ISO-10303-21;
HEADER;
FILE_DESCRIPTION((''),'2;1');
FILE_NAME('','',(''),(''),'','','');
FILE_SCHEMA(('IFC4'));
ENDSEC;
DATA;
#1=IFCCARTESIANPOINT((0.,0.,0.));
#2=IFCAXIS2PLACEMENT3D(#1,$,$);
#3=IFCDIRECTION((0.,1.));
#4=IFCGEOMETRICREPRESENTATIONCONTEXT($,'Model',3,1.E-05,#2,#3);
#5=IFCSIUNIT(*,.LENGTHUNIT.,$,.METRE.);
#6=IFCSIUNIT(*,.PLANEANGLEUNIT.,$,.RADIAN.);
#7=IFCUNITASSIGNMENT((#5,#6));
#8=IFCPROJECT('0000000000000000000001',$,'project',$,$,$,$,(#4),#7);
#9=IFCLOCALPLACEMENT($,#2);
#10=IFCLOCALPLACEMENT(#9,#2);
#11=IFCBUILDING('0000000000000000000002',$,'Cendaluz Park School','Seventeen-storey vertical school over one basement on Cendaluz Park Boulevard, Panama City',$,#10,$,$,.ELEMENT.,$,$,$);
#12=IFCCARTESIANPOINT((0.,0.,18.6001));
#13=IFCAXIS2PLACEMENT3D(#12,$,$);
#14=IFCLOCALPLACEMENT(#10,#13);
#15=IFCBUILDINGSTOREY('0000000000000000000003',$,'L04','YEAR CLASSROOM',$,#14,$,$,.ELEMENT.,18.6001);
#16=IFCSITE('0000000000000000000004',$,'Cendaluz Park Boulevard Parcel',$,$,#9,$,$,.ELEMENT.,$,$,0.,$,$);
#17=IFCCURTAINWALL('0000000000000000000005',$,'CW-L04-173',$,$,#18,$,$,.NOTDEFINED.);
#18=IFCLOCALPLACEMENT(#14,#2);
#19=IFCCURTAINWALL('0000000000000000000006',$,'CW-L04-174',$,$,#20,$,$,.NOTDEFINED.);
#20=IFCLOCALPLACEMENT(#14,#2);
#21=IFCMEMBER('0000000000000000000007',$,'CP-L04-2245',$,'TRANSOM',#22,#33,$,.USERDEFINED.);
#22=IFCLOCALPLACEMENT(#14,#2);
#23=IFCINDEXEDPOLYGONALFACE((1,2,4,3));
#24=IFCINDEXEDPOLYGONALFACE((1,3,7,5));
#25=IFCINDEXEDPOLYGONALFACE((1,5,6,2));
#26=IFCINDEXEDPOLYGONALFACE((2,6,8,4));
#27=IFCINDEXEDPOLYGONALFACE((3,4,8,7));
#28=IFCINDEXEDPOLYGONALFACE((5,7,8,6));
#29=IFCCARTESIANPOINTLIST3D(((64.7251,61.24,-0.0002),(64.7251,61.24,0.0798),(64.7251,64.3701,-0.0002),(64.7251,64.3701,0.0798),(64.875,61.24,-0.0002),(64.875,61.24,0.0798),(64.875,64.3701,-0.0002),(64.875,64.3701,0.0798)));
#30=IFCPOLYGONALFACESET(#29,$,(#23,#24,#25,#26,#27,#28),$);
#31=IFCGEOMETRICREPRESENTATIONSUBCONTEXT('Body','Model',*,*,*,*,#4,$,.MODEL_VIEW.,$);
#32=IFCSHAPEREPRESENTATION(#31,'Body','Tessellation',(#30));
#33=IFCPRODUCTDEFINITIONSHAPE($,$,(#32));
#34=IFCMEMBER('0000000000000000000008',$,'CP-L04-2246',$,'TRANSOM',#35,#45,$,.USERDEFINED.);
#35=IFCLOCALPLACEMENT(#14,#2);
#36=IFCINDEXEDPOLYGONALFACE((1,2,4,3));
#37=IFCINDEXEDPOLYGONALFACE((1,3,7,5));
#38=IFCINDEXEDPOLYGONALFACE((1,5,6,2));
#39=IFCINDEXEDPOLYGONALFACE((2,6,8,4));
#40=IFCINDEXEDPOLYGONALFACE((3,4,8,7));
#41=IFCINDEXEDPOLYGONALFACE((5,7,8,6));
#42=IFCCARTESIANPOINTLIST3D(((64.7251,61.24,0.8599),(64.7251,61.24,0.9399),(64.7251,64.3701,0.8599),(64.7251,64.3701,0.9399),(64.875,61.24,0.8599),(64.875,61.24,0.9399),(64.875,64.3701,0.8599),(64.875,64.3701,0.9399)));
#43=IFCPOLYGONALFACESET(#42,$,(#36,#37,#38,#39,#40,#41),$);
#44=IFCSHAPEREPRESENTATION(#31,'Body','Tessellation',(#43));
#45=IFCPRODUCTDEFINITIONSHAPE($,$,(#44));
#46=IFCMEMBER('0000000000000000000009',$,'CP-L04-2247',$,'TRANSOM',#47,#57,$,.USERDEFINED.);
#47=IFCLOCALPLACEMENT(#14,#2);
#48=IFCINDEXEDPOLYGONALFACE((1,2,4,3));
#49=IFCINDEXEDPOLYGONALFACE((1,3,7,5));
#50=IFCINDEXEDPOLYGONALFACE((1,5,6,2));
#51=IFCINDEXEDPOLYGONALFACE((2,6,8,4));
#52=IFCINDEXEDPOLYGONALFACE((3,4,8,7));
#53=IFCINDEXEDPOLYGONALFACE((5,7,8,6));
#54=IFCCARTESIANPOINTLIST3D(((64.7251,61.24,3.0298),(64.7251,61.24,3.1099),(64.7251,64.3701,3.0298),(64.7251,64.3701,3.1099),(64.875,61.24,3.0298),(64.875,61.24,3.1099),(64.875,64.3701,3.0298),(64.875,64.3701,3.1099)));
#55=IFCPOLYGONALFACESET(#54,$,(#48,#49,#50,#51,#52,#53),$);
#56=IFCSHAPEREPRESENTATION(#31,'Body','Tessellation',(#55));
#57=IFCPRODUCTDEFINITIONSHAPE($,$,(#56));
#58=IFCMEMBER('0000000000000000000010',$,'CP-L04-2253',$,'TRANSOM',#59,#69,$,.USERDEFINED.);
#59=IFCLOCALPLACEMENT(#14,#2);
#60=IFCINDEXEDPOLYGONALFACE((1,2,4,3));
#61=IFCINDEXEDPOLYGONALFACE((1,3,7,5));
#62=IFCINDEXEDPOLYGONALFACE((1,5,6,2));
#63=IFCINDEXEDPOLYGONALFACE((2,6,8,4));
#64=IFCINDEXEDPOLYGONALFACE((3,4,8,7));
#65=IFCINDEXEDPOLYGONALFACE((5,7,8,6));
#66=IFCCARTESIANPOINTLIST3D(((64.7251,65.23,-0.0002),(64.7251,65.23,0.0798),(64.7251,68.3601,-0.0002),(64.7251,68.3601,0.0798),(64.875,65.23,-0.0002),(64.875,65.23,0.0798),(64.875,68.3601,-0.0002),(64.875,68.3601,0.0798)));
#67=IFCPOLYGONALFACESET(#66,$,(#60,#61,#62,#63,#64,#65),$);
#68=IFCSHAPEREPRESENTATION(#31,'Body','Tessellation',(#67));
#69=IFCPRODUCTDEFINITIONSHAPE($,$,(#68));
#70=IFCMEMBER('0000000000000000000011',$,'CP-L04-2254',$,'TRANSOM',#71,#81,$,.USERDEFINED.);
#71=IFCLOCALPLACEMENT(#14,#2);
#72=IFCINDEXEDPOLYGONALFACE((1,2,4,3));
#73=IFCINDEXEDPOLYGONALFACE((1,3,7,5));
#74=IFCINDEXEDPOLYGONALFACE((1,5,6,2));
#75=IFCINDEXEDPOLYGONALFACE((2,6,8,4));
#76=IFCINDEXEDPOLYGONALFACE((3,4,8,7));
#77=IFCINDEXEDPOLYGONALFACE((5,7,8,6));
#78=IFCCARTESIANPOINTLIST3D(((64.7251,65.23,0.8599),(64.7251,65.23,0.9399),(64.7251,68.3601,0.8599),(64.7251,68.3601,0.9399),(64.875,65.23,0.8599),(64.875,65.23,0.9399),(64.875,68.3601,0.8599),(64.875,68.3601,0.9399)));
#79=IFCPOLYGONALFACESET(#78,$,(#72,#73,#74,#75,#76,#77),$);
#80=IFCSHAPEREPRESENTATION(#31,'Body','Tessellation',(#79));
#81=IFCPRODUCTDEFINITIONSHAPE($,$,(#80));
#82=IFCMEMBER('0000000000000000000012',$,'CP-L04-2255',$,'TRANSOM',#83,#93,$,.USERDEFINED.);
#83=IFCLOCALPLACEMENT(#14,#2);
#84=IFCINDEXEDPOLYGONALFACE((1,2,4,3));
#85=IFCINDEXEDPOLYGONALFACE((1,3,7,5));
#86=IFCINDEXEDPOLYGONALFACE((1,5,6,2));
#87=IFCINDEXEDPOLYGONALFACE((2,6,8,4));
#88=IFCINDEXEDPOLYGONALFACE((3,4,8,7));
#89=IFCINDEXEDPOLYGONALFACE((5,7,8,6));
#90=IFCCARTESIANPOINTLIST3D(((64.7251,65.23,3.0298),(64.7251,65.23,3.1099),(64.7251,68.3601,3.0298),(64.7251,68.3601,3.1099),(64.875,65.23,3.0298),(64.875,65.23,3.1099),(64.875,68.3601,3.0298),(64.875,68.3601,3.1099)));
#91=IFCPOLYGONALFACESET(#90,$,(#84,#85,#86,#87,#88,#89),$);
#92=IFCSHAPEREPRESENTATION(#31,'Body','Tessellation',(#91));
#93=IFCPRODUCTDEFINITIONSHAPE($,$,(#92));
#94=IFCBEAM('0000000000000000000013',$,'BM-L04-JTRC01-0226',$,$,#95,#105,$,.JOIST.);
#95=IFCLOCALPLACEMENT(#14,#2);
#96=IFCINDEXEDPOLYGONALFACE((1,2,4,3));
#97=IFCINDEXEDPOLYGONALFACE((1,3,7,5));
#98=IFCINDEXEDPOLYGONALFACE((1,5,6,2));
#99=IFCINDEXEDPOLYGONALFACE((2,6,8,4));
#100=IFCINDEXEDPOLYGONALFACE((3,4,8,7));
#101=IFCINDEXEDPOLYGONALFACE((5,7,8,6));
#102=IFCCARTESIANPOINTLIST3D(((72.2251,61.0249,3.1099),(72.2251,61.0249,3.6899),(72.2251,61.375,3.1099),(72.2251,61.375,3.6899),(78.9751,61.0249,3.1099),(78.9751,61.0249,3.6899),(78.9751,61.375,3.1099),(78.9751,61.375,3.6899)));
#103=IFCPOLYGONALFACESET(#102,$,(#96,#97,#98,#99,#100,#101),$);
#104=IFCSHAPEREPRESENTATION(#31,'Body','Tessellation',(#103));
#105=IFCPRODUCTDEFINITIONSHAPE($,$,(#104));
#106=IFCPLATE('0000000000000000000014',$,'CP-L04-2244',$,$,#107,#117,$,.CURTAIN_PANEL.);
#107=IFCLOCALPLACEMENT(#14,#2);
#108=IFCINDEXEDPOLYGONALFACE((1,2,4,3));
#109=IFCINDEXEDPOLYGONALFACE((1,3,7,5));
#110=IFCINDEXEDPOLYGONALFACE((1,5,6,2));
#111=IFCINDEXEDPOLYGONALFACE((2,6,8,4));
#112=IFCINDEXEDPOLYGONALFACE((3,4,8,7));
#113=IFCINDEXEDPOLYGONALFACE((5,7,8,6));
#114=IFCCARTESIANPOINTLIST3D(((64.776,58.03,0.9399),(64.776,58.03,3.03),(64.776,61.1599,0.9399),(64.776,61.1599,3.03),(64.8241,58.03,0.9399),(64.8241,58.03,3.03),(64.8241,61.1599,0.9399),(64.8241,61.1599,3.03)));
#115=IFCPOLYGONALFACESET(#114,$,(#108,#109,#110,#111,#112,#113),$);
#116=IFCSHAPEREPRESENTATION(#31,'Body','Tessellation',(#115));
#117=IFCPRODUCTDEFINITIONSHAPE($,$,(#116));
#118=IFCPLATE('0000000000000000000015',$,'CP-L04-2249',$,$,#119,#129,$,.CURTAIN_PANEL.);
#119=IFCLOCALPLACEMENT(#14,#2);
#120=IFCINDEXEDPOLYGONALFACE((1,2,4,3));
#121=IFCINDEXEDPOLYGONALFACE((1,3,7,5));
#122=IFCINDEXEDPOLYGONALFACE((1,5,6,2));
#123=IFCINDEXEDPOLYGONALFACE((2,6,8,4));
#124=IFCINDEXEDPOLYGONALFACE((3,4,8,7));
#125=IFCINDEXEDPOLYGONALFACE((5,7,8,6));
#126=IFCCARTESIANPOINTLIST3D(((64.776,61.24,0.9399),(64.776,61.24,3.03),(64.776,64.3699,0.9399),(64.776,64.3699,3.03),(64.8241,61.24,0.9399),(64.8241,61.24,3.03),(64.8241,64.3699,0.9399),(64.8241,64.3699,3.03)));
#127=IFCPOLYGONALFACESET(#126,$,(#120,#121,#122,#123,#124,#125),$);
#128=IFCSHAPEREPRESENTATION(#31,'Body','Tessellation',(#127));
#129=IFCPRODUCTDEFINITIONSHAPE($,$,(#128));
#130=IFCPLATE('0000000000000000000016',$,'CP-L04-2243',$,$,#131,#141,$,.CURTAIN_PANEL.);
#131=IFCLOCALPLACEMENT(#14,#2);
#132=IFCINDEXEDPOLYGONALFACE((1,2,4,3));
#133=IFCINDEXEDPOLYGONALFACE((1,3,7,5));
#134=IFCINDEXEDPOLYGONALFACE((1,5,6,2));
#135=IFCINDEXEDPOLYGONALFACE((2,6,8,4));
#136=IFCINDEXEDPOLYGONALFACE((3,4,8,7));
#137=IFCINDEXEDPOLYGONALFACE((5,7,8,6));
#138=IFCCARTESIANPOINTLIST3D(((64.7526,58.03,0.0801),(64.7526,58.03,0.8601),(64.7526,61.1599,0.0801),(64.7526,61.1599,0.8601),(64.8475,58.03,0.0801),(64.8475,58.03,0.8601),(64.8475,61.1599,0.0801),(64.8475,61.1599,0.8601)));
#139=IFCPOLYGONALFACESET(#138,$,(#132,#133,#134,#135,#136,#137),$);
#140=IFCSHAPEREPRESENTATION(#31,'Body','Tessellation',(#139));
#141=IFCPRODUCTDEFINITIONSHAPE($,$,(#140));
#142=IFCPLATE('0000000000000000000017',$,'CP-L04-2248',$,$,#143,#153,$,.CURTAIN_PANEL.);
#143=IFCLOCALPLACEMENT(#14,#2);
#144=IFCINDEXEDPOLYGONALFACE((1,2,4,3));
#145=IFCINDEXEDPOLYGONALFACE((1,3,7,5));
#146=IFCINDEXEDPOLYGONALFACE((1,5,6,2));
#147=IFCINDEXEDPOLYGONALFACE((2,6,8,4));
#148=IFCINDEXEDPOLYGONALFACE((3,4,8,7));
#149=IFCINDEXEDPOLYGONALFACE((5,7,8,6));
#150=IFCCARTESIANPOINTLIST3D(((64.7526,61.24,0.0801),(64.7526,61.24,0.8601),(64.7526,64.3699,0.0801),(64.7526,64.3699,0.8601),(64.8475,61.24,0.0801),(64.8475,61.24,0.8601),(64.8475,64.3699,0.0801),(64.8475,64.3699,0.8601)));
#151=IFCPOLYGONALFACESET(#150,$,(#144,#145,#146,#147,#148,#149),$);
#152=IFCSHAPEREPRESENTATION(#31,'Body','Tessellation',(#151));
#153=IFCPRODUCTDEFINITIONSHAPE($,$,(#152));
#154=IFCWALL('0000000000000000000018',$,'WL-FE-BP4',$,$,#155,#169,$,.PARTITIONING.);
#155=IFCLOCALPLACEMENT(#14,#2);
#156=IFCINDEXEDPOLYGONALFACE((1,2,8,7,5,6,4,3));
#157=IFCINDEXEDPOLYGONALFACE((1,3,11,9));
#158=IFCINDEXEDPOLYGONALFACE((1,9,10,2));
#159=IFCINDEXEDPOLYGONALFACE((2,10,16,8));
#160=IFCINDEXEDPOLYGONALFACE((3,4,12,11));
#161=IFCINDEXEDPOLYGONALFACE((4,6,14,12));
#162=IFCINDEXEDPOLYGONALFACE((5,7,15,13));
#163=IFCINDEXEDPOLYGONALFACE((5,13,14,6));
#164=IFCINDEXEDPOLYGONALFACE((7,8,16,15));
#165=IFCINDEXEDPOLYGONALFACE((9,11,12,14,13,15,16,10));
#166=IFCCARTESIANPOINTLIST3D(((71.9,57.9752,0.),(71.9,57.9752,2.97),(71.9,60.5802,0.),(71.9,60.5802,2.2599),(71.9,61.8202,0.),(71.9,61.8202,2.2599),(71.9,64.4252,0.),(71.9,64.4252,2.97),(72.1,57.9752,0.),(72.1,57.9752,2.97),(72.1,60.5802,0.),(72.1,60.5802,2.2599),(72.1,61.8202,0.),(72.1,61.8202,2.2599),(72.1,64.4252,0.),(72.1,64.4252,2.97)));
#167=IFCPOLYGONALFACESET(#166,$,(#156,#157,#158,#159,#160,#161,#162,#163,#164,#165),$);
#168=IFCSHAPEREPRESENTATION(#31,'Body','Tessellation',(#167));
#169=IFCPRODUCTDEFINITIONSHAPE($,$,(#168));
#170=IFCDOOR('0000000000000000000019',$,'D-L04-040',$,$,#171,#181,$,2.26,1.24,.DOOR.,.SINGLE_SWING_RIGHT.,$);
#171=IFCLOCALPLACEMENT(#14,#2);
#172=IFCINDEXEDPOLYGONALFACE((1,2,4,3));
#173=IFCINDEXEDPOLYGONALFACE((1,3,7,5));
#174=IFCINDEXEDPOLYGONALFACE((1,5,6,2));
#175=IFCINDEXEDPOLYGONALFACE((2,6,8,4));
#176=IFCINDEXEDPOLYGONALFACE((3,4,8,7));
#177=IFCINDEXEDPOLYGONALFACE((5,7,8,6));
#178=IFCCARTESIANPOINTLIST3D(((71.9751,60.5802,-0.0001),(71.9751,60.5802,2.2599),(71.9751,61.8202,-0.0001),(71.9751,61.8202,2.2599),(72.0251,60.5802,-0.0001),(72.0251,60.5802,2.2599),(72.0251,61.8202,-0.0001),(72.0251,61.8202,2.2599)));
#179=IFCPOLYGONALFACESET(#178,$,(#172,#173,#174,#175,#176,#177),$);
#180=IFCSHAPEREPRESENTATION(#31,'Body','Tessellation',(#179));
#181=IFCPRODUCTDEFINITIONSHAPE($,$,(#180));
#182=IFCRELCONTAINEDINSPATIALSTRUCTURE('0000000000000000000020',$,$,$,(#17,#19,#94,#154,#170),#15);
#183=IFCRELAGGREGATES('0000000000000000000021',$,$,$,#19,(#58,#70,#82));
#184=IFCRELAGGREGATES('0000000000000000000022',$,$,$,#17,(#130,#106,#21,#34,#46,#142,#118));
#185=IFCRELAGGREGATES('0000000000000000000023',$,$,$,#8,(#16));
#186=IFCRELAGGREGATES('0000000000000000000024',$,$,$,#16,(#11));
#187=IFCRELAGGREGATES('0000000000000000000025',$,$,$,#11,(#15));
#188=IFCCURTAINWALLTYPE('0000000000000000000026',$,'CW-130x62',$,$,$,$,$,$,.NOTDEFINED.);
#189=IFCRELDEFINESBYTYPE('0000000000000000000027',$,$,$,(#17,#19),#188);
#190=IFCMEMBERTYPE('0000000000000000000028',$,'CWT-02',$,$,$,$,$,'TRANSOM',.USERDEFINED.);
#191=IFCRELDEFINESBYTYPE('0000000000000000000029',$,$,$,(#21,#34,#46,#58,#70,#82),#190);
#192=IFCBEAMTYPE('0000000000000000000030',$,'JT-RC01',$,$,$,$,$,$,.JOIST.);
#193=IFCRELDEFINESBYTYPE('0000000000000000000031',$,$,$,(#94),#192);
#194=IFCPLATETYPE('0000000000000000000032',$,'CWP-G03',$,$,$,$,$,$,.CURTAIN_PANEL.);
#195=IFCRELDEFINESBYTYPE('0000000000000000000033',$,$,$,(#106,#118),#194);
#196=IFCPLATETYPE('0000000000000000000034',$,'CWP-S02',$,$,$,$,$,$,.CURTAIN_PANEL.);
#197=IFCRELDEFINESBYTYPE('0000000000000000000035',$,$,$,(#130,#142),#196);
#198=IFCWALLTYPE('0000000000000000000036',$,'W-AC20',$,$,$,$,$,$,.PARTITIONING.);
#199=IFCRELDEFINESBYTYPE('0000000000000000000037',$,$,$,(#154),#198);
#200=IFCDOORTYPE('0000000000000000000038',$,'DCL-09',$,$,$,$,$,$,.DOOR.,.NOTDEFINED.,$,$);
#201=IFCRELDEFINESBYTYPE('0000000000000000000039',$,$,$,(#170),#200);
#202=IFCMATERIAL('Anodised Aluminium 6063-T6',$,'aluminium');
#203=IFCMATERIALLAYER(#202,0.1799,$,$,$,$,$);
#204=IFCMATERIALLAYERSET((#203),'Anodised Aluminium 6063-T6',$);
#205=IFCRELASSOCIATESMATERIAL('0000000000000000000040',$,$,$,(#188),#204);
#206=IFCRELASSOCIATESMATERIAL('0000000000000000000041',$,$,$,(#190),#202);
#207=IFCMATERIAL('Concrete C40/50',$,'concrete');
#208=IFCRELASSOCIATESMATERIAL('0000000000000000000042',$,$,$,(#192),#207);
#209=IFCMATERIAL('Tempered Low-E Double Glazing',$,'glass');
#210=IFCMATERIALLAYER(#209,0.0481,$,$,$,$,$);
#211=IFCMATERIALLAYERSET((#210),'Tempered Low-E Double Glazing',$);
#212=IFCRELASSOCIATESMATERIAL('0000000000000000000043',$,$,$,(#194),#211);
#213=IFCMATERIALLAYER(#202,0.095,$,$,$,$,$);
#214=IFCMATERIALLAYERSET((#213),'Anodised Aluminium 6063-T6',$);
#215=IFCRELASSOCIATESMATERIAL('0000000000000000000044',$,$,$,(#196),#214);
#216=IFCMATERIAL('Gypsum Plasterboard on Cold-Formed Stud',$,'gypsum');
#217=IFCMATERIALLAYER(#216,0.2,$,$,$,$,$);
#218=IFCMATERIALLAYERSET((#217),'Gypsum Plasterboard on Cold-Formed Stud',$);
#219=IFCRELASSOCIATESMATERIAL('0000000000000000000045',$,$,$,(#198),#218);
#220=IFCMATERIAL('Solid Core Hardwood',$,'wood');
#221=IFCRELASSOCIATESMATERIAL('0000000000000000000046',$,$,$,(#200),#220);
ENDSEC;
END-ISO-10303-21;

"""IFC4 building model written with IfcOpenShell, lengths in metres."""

from ifc_helpers import new_model, si_unit, direction, frame, frame_2d, origin, origin_2d, place, context, subcontext, project, spatial, rectangle, extrude, material, layer, layer_set, material_profile, profile_set, type_object, element, fill, aggregate, save


model = new_model("IFC4")

# Units and contexts
model_context = context("Model", 3, precision=1e-05, world=origin(), true_north=direction((0.0, 1.0)))
body_context = subcontext(model_context, "Body", "Model", "MODEL_VIEW")
ifc_project = project(units=[si_unit("LENGTHUNIT", "METRE"), si_unit("PLANEANGLEUNIT", "RADIAN")], contexts=[model_context])

# Site, building, storey
site_placement = place(None, origin())
site = spatial("IfcSite", under=ifc_project, at=site_placement, Name="Cendaluz Park Boulevard Parcel", CompositionType="ELEMENT", RefElevation=0.0)
building_placement = place(site_placement, origin())
building = spatial("IfcBuilding", under=site, at=building_placement, Name="Cendaluz Park School", Description="Seventeen-storey vertical school over one basement on Cendaluz Park Boulevard, Panama City", CompositionType="ELEMENT")
storey_placement = place(building_placement, frame((0.0, 0.0, 18.6001)))
storey = spatial("IfcBuildingStorey", under=building, at=storey_placement, Name="L04", Description="YEAR CLASSROOM", CompositionType="ELEMENT", Elevation=18.6001)

# Shared definitions
ifc_material_1 = material(Name="Concrete C40/50", Category="concrete")

# Curtain wall
ifc_material_2 = material(Name="Anodised Aluminium 6063-T6", Category="aluminium")
ifc_layer_1 = layer(ifc_material_2, 0.1799)
ifc_layer_set_1 = layer_set([ifc_layer_1], Name="Anodised Aluminium 6063-T6")
curtain_wall_type = type_object("IfcCurtainWallType", Name="CW-130x62", PredefinedType="NOTDEFINED", material=ifc_layer_set_1)
curtain_wall_1_placement = place(storey_placement, origin())
curtain_wall_1 = element("IfcCurtainWall", 1, at=curtain_wall_1_placement, inside=storey, type_object=curtain_wall_type, Name="CW-L04-173", PredefinedType="NOTDEFINED")

# Curtain wall
curtain_wall_2_placement = place(storey_placement, origin())
curtain_wall_2 = element("IfcCurtainWall", 2, at=curtain_wall_2_placement, inside=storey, type_object=curtain_wall_type, Name="CW-L04-174", PredefinedType="NOTDEFINED")

# Members
ifc_material_profile_1 = material_profile(ifc_material_2, rectangle(XDim=0.1499, YDim=0.0801, at=origin_2d()), Name="CWT 150x80", Category="aluminium")
ifc_profile_set_1 = profile_set([ifc_material_profile_1], Name="Anodised Aluminium 6063-T6")
member_type_1 = type_object("IfcMemberType", Name="CWT-02", ElementType="TRANSOM", PredefinedType="USERDEFINED", material=ifc_profile_set_1)
member_1_placement = place(storey_placement, frame((64.8, 61.24, 0.0398), z_axis=(0.0, 1.0, 0.0), x_axis=(-1.0, 0.0, 0.0)))
member_1 = element("IfcMember", 3, at=member_1_placement, type_object=member_type_1, Name="CP-L04-2245", ObjectType="TRANSOM", PredefinedType="USERDEFINED", context=body_context, shape_type="SweptSolid", body=[
    extrude(rectangle(XDim=0.1499, YDim=0.0801, at=origin_2d()), origin(), (0.0, 0.0, 1.0), 3.1301),
])
member_2_placement = place(storey_placement, frame((64.8, 61.24, 0.8999), z_axis=(0.0, 1.0, 0.0), x_axis=(-1.0, 0.0, 0.0)))
member_2 = element("IfcMember", 4, at=member_2_placement, type_object=member_type_1, Name="CP-L04-2246", ObjectType="TRANSOM", PredefinedType="USERDEFINED", context=body_context, shape_type="SweptSolid", body=[
    extrude(rectangle(XDim=0.1499, YDim=0.0801, at=origin_2d()), origin(), (0.0, 0.0, 1.0), 3.1301),
])
member_3_placement = place(storey_placement, frame((64.8, 61.24, 3.0698), z_axis=(0.0, 1.0, 0.0), x_axis=(-1.0, 0.0, 0.0)))
member_3 = element("IfcMember", 5, at=member_3_placement, type_object=member_type_1, Name="CP-L04-2247", ObjectType="TRANSOM", PredefinedType="USERDEFINED", context=body_context, shape_type="SweptSolid", body=[
    extrude(rectangle(XDim=0.1499, YDim=0.0801, at=origin_2d()), origin(), (0.0, 0.0, 1.0), 3.1301),
])
member_4_placement = place(storey_placement, frame((64.8, 65.23, 0.0398), z_axis=(0.0, 1.0, 0.0), x_axis=(-1.0, 0.0, 0.0)))
member_4 = element("IfcMember", 6, at=member_4_placement, type_object=member_type_1, Name="CP-L04-2253", ObjectType="TRANSOM", PredefinedType="USERDEFINED", context=body_context, shape_type="SweptSolid", body=[
    extrude(rectangle(XDim=0.1499, YDim=0.0801, at=origin_2d()), origin(), (0.0, 0.0, 1.0), 3.1301),
])
member_5_placement = place(storey_placement, frame((64.8, 65.23, 0.8999), z_axis=(0.0, 1.0, 0.0), x_axis=(-1.0, 0.0, 0.0)))
member_5 = element("IfcMember", 7, at=member_5_placement, type_object=member_type_1, Name="CP-L04-2254", ObjectType="TRANSOM", PredefinedType="USERDEFINED", context=body_context, shape_type="SweptSolid", body=[
    extrude(rectangle(XDim=0.1499, YDim=0.0801, at=origin_2d()), origin(), (0.0, 0.0, 1.0), 3.1301),
])
member_6_placement = place(storey_placement, frame((64.8, 65.23, 3.0698), z_axis=(0.0, 1.0, 0.0), x_axis=(-1.0, 0.0, 0.0)))
member_6 = element("IfcMember", 8, at=member_6_placement, type_object=member_type_1, Name="CP-L04-2255", ObjectType="TRANSOM", PredefinedType="USERDEFINED", context=body_context, shape_type="SweptSolid", body=[
    extrude(rectangle(XDim=0.1499, YDim=0.0801, at=origin_2d()), origin(), (0.0, 0.0, 1.0), 3.1301),
])
aggregate(curtain_wall_2, [member_4, member_5, member_6])

# Beam
ifc_material_profile_2 = material_profile(ifc_material_1, rectangle(XDim=0.3501, YDim=0.5801, at=origin_2d()), Name="RC 350x580", Category="concrete")
ifc_profile_set_2 = profile_set([ifc_material_profile_2], Name="Concrete C40/50")
beam_type_1 = type_object("IfcBeamType", Name="JT-RC01", PredefinedType="JOIST", material=ifc_profile_set_2)
beam_1_placement = place(storey_placement, frame((72.2251, 61.2, 3.3999), z_axis=(1.0, 0.0, 0.0), x_axis=(0.0, 1.0, 0.0)))
element("IfcBeam", 9, at=beam_1_placement, inside=storey, type_object=beam_type_1, Name="BM-L04-JTRC01-0226", PredefinedType="JOIST", context=body_context, shape_type="SweptSolid", body=[
    extrude(rectangle(XDim=0.3501, YDim=0.5801, at=origin_2d()), origin(), (0.0, 0.0, 1.0), 6.75),
])

# Plates
ifc_material_3 = material(Name="Tempered Low-E Double Glazing", Category="glass")
ifc_layer_2 = layer(ifc_material_3, 0.0481)
ifc_layer_set_2 = layer_set([ifc_layer_2], Name="Tempered Low-E Double Glazing")
plate_type_1 = type_object("IfcPlateType", Name="CWP-G03", PredefinedType="CURTAIN_PANEL", material=ifc_layer_set_2)
plate_1_placement = place(storey_placement, frame((64.8, 59.595, 0.9399), z_axis=(0.0, 0.0, 1.0), x_axis=(0.0, 1.0, 0.0)))
plate_1 = element("IfcPlate", 10, at=plate_1_placement, type_object=plate_type_1, Name="CP-L04-2244", PredefinedType="CURTAIN_PANEL", context=body_context, shape_type="SweptSolid", body=[
    extrude(rectangle(XDim=3.1299, YDim=0.0481, at=origin_2d()), origin(), (0.0, 0.0, 1.0), 2.0901),
])
plate_2_placement = place(storey_placement, frame((64.8, 62.8049, 0.9399), z_axis=(0.0, 0.0, 1.0), x_axis=(0.0, 1.0, 0.0)))
plate_2 = element("IfcPlate", 11, at=plate_2_placement, type_object=plate_type_1, Name="CP-L04-2249", PredefinedType="CURTAIN_PANEL", context=body_context, shape_type="SweptSolid", body=[
    extrude(rectangle(XDim=3.1299, YDim=0.0481, at=origin_2d()), origin(), (0.0, 0.0, 1.0), 2.0901),
])
ifc_layer_3 = layer(ifc_material_2, 0.095)
ifc_layer_set_3 = layer_set([ifc_layer_3], Name="Anodised Aluminium 6063-T6")
plate_type_2 = type_object("IfcPlateType", Name="CWP-S02", PredefinedType="CURTAIN_PANEL", material=ifc_layer_set_3)
plate_3_placement = place(storey_placement, frame((64.8, 59.595, 0.0801), z_axis=(0.0, 0.0, 1.0), x_axis=(0.0, 1.0, 0.0)))
plate_3 = element("IfcPlate", 12, at=plate_3_placement, type_object=plate_type_2, Name="CP-L04-2243", PredefinedType="CURTAIN_PANEL", context=body_context, shape_type="SweptSolid", body=[
    extrude(rectangle(XDim=3.1299, YDim=0.095, at=origin_2d()), origin(), (0.0, 0.0, 1.0), 0.78),
])
plate_4_placement = place(storey_placement, frame((64.8, 62.8049, 0.0801), z_axis=(0.0, 0.0, 1.0), x_axis=(0.0, 1.0, 0.0)))
plate_4 = element("IfcPlate", 13, at=plate_4_placement, type_object=plate_type_2, Name="CP-L04-2248", PredefinedType="CURTAIN_PANEL", context=body_context, shape_type="SweptSolid", body=[
    extrude(rectangle(XDim=3.1299, YDim=0.095, at=origin_2d()), origin(), (0.0, 0.0, 1.0), 0.78),
])
aggregate(curtain_wall_1, [plate_3, plate_1, member_1, member_2, member_3, plate_4, plate_2])

# Wall, opening, door
ifc_material_4 = material(Name="Gypsum Plasterboard on Cold-Formed Stud", Category="gypsum")
ifc_layer_4 = layer(ifc_material_4, 0.2)
ifc_layer_set_4 = layer_set([ifc_layer_4], Name="Gypsum Plasterboard on Cold-Formed Stud")
wall_type = type_object("IfcWallType", Name="W-AC20", PredefinedType="PARTITIONING", material=ifc_layer_set_4)
wall_1_placement = place(storey_placement, frame((72.0, 57.9751, 0.0), z_axis=(0.0, 0.0, 1.0), x_axis=(0.0, 1.0, 0.0)))
wall_1 = element("IfcWall", 14, at=wall_1_placement, inside=storey, type_object=wall_type, Name="WL-FE-BP4", PredefinedType="PARTITIONING", context=body_context, shape_type="SweptSolid", body=[
    extrude(rectangle(XDim=6.45, YDim=0.2, at=frame_2d((3.2251, 0.0))), origin(), (0.0, 0.0, 1.0), 2.97),
])
opening_placement = place(wall_1_placement, frame((2.605, 0.0, 0.0)))
opening = element("IfcOpeningElement", 15, at=opening_placement, cuts=wall_1, PredefinedType="OPENING", context=body_context, shape_type="SweptSolid", body=[
    extrude(rectangle(XDim=1.24, YDim=2.26, at=frame_2d((0.6201, 1.1299))), frame((0.0, 0.1121, 0.0), z_axis=(0.0, -1.0, 0.0), x_axis=(1.0, 0.0, 0.0)), (0.0, 0.0, 1.0), 0.2239),
])
ifc_material_5 = material(Name="Solid Core Hardwood", Category="wood")
door_type = type_object("IfcDoorType", Name="DCL-09", OperationType="NOTDEFINED", PredefinedType="DOOR", material=ifc_material_5)
door_placement = place(opening_placement, origin())
door = element("IfcDoor", 16, at=door_placement, inside=storey, type_object=door_type, Name="D-L04-040", OperationType="SINGLE_SWING_RIGHT", OverallHeight=2.26, OverallWidth=1.24, PredefinedType="DOOR", context=body_context, shape_type="SweptSolid", body=[
    extrude(rectangle(XDim=1.24, YDim=2.26, at=frame_2d((0.6201, 1.1299))), frame((0.0, 0.0249, 0.0), z_axis=(0.0, -1.0, 0.0), x_axis=(1.0, 0.0, 0.0)), (0.0, 0.0, 1.0), 0.05),
])
fill(opening, door)

save(model, "model.ifc")
